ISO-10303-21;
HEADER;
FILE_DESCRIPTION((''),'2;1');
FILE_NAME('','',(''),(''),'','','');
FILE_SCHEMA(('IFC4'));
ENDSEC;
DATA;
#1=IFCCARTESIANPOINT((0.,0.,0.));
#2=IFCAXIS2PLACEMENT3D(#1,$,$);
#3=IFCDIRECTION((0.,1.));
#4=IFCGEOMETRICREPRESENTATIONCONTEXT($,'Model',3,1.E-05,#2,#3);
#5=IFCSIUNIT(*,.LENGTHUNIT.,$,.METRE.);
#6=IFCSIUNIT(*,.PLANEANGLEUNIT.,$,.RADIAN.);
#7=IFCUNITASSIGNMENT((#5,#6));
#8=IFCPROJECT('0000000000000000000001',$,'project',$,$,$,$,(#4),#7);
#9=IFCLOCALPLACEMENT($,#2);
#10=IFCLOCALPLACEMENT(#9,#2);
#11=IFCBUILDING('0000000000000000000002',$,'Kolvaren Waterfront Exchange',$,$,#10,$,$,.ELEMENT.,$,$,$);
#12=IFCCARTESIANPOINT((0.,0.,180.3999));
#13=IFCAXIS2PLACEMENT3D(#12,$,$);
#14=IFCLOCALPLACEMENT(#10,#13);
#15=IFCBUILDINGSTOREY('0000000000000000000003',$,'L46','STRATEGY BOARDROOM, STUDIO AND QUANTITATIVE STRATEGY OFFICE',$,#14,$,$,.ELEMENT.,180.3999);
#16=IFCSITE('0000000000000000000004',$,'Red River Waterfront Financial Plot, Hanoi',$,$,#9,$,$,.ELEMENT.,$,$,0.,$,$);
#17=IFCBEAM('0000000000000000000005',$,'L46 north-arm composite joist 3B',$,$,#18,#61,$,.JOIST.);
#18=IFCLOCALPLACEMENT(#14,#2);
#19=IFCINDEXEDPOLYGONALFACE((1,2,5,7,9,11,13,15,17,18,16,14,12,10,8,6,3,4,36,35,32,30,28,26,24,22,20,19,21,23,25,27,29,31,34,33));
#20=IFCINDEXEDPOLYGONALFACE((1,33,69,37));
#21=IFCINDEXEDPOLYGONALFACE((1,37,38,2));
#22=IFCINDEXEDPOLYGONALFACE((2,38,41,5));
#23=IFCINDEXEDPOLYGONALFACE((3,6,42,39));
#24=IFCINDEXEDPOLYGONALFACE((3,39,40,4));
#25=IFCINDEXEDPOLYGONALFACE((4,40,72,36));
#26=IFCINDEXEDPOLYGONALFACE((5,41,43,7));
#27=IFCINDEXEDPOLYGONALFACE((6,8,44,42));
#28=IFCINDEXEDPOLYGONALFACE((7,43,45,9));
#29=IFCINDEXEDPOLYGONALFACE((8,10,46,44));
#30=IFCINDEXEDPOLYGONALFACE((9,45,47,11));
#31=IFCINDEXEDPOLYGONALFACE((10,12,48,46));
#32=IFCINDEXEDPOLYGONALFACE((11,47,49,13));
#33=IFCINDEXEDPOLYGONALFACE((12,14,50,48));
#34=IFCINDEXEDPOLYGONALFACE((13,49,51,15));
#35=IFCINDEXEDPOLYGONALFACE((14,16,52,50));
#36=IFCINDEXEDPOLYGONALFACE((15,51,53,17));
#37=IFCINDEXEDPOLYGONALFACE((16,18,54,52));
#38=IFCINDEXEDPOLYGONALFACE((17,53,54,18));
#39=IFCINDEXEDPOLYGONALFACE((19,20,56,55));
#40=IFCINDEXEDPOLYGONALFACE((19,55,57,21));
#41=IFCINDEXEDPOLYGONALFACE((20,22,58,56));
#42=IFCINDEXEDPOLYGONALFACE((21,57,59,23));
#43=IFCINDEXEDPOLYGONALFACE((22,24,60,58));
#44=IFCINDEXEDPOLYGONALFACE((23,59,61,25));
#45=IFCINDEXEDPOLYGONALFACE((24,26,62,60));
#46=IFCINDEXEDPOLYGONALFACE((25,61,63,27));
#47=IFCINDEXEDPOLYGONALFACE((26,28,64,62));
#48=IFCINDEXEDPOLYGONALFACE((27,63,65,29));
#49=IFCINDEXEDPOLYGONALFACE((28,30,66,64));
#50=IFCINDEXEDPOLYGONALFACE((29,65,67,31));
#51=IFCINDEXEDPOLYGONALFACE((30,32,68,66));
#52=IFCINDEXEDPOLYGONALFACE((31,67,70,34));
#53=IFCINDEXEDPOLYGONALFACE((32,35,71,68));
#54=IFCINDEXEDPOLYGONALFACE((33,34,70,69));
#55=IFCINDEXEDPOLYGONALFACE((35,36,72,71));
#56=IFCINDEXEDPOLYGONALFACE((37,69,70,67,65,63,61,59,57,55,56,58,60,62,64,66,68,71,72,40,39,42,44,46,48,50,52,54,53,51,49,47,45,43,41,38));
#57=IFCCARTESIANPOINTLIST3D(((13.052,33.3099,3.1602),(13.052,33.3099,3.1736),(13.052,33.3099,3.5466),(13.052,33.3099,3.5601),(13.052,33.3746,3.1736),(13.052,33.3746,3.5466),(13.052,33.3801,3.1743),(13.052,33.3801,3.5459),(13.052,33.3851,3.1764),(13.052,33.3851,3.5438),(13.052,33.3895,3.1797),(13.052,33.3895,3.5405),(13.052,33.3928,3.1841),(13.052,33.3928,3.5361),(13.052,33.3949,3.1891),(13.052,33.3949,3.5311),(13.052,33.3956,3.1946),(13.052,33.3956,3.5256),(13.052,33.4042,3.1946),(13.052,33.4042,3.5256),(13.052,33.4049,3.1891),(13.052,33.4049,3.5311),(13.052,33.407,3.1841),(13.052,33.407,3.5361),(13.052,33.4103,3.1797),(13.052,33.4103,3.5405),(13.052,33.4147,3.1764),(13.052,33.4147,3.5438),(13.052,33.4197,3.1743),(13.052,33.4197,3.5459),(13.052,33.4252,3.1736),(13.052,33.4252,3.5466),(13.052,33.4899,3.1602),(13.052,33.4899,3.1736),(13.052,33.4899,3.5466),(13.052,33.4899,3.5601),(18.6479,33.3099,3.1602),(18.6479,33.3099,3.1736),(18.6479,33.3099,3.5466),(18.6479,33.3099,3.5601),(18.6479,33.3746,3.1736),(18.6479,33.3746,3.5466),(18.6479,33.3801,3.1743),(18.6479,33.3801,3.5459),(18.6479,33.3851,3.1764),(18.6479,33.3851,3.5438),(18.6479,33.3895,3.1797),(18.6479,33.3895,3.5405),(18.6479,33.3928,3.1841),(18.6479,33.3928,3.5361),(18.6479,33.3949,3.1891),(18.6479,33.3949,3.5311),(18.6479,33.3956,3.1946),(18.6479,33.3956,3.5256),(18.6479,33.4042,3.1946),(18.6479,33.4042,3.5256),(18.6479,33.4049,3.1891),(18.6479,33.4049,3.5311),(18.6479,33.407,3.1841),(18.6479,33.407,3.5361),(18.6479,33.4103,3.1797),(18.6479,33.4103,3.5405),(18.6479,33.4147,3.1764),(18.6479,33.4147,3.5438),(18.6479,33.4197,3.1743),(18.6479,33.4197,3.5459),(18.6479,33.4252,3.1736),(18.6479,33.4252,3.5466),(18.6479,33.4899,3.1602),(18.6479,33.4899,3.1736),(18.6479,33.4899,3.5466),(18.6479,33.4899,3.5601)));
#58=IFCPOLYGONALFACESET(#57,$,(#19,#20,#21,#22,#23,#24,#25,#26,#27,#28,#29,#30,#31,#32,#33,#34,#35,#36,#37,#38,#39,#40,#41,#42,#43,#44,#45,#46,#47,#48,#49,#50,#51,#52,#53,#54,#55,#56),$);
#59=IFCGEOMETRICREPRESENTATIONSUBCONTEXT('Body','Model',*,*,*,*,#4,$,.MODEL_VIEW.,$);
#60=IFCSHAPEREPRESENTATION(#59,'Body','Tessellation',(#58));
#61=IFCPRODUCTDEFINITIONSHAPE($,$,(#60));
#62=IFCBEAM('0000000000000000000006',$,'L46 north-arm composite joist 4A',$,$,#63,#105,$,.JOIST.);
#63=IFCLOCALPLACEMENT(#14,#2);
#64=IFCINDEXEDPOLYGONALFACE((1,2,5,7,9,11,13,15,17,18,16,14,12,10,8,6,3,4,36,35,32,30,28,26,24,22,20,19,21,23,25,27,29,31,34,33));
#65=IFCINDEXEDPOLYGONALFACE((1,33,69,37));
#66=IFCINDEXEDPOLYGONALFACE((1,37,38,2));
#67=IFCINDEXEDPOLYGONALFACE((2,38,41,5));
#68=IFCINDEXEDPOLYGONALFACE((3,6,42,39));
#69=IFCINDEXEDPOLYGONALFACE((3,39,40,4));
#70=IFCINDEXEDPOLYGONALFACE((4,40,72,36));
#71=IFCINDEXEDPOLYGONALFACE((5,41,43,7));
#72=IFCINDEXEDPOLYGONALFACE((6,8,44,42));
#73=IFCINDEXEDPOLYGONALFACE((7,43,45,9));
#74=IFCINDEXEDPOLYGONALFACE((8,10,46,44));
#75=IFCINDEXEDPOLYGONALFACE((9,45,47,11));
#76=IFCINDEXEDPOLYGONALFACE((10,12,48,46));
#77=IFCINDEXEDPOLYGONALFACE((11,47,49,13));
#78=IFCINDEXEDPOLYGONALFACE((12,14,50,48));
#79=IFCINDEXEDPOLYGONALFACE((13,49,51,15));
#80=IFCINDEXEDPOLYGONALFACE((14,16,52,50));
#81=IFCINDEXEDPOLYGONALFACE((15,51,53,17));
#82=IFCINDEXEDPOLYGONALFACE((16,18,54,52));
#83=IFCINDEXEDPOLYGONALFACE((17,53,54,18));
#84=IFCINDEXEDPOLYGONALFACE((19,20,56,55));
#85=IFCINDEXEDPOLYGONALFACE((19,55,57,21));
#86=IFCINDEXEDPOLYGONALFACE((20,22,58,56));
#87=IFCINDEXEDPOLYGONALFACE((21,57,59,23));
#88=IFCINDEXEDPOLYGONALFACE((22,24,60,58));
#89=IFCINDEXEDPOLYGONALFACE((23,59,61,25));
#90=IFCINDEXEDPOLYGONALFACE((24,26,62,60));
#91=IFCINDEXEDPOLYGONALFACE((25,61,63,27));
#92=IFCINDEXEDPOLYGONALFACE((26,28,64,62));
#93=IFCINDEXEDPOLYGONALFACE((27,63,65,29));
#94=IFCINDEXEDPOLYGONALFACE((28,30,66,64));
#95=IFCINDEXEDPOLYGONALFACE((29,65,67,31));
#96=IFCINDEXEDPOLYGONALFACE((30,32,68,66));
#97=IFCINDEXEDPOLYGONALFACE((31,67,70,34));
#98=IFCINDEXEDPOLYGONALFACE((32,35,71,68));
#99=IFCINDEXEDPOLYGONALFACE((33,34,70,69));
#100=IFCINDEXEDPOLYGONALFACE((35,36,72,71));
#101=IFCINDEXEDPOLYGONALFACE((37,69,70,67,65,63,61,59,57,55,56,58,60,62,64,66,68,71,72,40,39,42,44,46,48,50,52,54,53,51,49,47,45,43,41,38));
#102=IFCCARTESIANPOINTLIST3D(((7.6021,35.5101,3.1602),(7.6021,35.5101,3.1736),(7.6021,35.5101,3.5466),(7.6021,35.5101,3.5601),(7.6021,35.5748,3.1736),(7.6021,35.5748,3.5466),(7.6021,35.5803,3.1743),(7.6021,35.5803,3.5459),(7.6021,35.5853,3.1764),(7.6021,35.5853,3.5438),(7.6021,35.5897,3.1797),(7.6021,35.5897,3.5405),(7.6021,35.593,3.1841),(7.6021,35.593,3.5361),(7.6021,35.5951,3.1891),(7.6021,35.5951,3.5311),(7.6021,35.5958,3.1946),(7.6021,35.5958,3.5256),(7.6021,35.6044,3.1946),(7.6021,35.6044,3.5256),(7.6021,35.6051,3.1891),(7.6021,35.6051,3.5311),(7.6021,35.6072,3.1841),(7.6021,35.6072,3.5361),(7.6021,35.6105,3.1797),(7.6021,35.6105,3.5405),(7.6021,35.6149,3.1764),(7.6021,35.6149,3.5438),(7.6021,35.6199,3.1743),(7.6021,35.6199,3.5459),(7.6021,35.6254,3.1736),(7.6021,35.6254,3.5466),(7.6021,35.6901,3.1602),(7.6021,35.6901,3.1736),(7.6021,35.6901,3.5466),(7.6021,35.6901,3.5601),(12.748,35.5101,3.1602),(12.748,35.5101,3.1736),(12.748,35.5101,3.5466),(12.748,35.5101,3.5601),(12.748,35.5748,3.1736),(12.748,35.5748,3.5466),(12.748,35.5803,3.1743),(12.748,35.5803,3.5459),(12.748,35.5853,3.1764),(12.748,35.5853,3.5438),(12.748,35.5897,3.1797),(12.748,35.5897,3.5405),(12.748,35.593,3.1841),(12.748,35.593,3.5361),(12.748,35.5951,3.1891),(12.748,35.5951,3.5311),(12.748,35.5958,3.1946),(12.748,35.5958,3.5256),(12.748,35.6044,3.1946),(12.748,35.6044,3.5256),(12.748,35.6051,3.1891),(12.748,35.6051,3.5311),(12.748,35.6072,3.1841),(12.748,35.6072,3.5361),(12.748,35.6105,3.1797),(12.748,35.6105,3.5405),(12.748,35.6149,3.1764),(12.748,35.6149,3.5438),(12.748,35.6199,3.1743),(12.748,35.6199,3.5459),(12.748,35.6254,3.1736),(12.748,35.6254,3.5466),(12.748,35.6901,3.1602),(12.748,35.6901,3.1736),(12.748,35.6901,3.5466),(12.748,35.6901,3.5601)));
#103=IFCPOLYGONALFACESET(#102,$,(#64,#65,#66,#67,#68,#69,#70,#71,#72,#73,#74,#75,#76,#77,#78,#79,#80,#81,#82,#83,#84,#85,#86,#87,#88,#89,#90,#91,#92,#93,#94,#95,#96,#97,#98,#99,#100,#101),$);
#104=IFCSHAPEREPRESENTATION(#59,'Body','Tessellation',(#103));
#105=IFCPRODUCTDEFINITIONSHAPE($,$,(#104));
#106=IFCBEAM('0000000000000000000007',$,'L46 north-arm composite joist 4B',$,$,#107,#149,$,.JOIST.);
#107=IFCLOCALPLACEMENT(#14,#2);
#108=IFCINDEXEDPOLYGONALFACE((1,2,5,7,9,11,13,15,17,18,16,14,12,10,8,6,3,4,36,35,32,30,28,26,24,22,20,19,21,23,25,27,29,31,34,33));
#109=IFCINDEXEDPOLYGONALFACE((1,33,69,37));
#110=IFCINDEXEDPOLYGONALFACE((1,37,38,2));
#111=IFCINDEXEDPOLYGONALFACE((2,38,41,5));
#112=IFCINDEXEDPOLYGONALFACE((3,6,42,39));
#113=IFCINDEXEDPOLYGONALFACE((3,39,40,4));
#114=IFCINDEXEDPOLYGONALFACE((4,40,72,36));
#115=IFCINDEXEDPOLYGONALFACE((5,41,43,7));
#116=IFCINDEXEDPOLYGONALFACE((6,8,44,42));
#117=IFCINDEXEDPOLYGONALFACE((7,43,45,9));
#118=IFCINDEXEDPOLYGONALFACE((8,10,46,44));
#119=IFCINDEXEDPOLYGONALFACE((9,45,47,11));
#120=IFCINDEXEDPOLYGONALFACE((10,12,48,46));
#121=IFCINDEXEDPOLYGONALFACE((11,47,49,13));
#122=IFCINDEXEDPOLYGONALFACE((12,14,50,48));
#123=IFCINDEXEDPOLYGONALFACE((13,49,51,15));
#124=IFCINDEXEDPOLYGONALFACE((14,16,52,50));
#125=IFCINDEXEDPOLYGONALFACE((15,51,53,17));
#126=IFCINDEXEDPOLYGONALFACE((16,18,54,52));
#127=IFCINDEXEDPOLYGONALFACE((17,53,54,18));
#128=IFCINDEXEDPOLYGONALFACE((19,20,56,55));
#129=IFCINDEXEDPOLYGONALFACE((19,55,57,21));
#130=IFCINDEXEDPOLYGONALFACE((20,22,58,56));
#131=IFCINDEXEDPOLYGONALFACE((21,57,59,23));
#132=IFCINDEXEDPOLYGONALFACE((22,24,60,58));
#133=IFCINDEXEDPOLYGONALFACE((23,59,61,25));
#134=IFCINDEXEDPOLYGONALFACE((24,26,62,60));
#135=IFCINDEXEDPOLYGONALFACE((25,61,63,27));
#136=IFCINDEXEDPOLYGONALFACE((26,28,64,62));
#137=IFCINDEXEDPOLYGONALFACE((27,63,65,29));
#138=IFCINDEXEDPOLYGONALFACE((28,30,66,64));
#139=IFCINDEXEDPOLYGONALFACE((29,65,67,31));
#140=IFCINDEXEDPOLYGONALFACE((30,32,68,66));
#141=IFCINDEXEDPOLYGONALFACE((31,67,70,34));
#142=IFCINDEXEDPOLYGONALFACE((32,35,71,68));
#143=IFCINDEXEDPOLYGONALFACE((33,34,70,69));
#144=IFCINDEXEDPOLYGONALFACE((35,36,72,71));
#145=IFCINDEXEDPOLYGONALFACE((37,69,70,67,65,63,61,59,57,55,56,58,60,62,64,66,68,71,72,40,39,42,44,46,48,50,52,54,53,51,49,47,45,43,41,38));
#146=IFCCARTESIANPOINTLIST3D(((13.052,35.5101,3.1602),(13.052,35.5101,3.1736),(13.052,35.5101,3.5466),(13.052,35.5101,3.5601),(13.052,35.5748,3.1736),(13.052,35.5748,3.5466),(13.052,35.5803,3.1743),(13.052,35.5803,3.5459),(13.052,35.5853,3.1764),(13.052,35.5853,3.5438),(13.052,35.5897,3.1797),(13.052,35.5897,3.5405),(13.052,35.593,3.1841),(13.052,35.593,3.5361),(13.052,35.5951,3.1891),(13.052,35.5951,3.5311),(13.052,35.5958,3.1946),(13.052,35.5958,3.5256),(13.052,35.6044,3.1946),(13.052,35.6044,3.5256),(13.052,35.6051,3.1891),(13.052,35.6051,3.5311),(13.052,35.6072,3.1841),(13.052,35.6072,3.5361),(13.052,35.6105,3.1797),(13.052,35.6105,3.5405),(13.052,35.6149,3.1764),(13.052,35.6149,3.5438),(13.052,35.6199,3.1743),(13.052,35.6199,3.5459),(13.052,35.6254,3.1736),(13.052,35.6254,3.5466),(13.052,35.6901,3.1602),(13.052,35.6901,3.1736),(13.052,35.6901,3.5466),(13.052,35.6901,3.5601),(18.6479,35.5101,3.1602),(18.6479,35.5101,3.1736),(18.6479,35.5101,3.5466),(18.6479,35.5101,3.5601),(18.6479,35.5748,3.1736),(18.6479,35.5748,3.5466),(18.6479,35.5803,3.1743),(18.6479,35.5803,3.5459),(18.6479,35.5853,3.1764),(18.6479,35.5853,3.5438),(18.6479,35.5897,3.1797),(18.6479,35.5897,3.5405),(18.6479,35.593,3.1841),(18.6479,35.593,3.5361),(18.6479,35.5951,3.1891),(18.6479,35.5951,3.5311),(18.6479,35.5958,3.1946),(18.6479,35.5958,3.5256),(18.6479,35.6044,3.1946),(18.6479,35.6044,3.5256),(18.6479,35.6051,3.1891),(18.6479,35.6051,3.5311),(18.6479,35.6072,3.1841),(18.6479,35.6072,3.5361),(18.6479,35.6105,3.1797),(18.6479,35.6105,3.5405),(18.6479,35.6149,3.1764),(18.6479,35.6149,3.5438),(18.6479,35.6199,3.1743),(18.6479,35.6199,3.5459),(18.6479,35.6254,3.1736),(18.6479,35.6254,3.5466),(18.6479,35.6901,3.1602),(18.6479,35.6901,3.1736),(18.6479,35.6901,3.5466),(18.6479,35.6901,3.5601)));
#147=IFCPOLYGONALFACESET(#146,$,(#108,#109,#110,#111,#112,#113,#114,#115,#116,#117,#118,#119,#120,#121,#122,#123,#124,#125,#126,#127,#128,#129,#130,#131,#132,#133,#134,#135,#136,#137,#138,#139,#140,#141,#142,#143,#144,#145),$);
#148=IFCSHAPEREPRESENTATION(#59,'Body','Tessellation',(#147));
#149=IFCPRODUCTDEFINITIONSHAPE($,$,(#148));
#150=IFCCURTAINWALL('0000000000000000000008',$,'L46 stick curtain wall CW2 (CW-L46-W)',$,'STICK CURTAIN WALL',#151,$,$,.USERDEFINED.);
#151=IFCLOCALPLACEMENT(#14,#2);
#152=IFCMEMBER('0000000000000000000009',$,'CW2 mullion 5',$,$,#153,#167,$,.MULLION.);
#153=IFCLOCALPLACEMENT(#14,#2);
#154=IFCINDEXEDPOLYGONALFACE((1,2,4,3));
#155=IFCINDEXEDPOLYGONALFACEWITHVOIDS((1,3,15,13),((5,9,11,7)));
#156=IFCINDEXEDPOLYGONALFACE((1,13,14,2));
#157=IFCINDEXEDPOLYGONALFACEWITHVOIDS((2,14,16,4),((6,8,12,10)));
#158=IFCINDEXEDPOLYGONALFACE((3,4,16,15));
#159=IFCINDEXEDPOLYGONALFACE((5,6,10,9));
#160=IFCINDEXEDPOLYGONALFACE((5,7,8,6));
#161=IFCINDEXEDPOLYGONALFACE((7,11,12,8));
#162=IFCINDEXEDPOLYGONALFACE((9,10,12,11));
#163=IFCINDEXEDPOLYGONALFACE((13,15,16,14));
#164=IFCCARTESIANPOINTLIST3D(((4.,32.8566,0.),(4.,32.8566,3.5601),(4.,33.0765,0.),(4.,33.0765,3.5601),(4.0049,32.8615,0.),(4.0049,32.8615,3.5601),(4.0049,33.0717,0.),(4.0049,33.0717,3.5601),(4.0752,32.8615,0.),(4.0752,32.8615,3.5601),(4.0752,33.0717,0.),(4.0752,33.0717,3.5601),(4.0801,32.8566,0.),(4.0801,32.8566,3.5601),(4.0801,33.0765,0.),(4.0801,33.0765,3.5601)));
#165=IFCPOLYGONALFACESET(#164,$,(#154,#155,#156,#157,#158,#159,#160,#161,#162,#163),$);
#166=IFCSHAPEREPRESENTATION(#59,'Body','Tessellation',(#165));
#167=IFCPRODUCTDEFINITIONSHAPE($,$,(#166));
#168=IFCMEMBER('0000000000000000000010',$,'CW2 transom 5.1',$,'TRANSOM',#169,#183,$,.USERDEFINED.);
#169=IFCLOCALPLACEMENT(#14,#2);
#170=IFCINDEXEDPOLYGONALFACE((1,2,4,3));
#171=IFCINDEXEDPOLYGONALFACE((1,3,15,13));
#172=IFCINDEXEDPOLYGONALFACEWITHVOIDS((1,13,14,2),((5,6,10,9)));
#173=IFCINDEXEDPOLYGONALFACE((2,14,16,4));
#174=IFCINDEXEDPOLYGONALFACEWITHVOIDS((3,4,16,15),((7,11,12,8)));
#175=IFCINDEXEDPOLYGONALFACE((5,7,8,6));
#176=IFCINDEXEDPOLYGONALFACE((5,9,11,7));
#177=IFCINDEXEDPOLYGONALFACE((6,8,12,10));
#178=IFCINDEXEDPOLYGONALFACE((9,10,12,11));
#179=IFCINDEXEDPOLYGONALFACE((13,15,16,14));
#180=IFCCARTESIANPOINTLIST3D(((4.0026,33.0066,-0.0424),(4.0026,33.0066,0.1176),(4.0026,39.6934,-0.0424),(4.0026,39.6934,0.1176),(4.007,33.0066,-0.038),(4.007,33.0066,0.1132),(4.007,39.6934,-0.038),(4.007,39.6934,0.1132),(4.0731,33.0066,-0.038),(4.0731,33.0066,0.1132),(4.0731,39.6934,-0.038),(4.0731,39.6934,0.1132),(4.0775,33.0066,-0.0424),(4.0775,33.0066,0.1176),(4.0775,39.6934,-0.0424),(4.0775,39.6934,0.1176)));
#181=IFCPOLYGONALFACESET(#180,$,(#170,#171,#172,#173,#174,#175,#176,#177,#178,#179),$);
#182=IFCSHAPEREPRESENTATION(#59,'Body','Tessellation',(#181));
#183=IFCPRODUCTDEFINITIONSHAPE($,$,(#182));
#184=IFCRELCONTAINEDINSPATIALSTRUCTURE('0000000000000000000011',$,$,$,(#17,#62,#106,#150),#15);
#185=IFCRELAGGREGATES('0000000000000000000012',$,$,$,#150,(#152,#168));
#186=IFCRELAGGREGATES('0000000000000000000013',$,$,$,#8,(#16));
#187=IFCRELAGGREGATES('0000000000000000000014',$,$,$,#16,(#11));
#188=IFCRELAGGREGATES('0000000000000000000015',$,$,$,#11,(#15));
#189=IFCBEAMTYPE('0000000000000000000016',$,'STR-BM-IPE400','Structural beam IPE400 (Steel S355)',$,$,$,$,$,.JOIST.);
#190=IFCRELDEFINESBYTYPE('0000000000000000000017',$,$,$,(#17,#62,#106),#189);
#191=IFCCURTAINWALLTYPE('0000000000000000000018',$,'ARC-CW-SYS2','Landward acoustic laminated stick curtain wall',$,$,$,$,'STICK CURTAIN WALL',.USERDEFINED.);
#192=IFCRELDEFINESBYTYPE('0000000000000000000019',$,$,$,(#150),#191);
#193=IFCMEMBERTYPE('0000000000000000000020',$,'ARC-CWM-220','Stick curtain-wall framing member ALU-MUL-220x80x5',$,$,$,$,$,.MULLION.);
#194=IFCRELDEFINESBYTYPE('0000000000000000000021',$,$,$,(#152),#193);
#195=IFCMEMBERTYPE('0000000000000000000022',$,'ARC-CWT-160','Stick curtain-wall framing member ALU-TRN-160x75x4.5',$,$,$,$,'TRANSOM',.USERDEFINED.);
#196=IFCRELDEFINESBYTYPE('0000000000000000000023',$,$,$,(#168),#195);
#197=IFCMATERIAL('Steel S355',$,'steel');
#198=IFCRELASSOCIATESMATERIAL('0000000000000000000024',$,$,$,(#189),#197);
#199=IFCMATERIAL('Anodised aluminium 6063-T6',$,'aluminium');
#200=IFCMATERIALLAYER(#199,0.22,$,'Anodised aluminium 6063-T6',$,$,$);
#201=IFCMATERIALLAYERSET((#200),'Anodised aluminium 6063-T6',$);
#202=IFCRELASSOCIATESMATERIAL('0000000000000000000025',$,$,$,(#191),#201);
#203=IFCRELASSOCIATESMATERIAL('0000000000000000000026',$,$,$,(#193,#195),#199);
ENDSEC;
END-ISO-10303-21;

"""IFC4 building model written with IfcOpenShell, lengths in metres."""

from ifc_helpers import new_model, si_unit, direction, frame, origin, origin_with_axes, origin_2d, place, context, subcontext, project, spatial, hollow_rectangle, i_section, extrude, source, transform, mapped, material, layer, layer_set, material_profile, profile_set, type_object, element, aggregate, save


model = new_model("IFC4")

# Units and contexts
model_context = context("Model", 3, precision=1e-05, world=origin(), true_north=direction((0.0, 1.0)))
body_context = subcontext(model_context, "Body", "Model", "MODEL_VIEW")
ifc_project = project(units=[si_unit("LENGTHUNIT", "METRE"), si_unit("PLANEANGLEUNIT", "RADIAN")], contexts=[model_context])

# Site, building, storey
site_placement = place(None, origin())
site = spatial("IfcSite", under=ifc_project, at=site_placement, Name="Red River Waterfront Financial Plot, Hanoi", CompositionType="ELEMENT", RefElevation=0.0)
building_placement = place(site_placement, origin())
building = spatial("IfcBuilding", under=site, at=building_placement, Name="Kolvaren Waterfront Exchange", CompositionType="ELEMENT")
storey_placement = place(building_placement, frame((0.0, 0.0, 180.3999)))
storey = spatial("IfcBuildingStorey", under=building, at=storey_placement, Name="L46", Description="STRATEGY BOARDROOM, STUDIO AND QUANTITATIVE STRATEGY OFFICE", CompositionType="ELEMENT", Elevation=180.3999)

# Beams
ifc_material_1 = material(Name="Steel S355", Category="steel")
ifc_material_profile_1 = material_profile(ifc_material_1, i_section(OverallWidth=0.1799, OverallDepth=0.3999, WebThickness=0.0085, FlangeThickness=0.0134, FilletRadius=0.021, at=origin_2d()), Name="IPE400")
ifc_profile_set_1 = profile_set([ifc_material_profile_1], Name="Steel S355")
beam_type_1 = type_object("IfcBeamType", Name="STR-BM-IPE400", Description="Structural beam IPE400 (Steel S355)", PredefinedType="JOIST", material=ifc_profile_set_1)
beam_1_placement = place(storey_placement, frame((13.052, 33.3999, 3.3601), z_axis=(1.0, 0.0, 0.0), x_axis=(0.0, 1.0, 0.0)))
element("IfcBeam", 1, at=beam_1_placement, inside=storey, type_object=beam_type_1, Name="L46 north-arm composite joist 3B", PredefinedType="JOIST", context=body_context, shape_type="SweptSolid", body=[
    extrude(i_section(OverallWidth=0.1799, OverallDepth=0.3999, WebThickness=0.0085, FlangeThickness=0.0134, FilletRadius=0.021, at=origin_2d()), origin(), (0.0, 0.0, 1.0), 5.5959),
])
beam_2_placement = place(storey_placement, frame((7.6021, 35.6001, 3.3601), z_axis=(1.0, 0.0, 0.0), x_axis=(0.0, 1.0, 0.0)))
element("IfcBeam", 2, at=beam_2_placement, inside=storey, type_object=beam_type_1, Name="L46 north-arm composite joist 4A", PredefinedType="JOIST", context=body_context, shape_type="SweptSolid", body=[
    extrude(i_section(OverallWidth=0.1799, OverallDepth=0.3999, WebThickness=0.0085, FlangeThickness=0.0134, FilletRadius=0.021, at=origin_2d()), origin(), (0.0, 0.0, 1.0), 5.146),
])
beam_3_placement = place(storey_placement, frame((13.052, 35.6001, 3.3601), z_axis=(1.0, 0.0, 0.0), x_axis=(0.0, 1.0, 0.0)))
element("IfcBeam", 3, at=beam_3_placement, inside=storey, type_object=beam_type_1, Name="L46 north-arm composite joist 4B", PredefinedType="JOIST", context=body_context, shape_type="SweptSolid", body=[
    extrude(i_section(OverallWidth=0.1799, OverallDepth=0.3999, WebThickness=0.0085, FlangeThickness=0.0134, FilletRadius=0.021, at=origin_2d()), origin(), (0.0, 0.0, 1.0), 5.5959),
])

# Curtain wall, members
ifc_material_2 = material(Name="Anodised aluminium 6063-T6", Category="aluminium")
ifc_layer_1 = layer(ifc_material_2, 0.22, Name="Anodised aluminium 6063-T6")
ifc_layer_set_1 = layer_set([ifc_layer_1], Name="Anodised aluminium 6063-T6")
curtain_wall_type = type_object("IfcCurtainWallType", Name="ARC-CW-SYS2", Description="Landward acoustic laminated stick curtain wall", ElementType="STICK CURTAIN WALL", PredefinedType="USERDEFINED", material=ifc_layer_set_1)
curtain_wall_placement = place(storey_placement, origin())
curtain_wall = element("IfcCurtainWall", 4, at=curtain_wall_placement, inside=storey, type_object=curtain_wall_type, Name="L46 stick curtain wall CW2 (CW-L46-W)", ObjectType="STICK CURTAIN WALL", PredefinedType="USERDEFINED")
ifc_material_profile_2 = material_profile(ifc_material_2, hollow_rectangle(XDim=0.0801, YDim=0.22, WallThickness=0.0049, at=origin_2d()), Name="ALU-MUL-220x80x5")
ifc_profile_set_2 = profile_set([ifc_material_profile_2], Name="Anodised aluminium 6063-T6")
member_type_1 = type_object("IfcMemberType", Name="ARC-CWM-220", Description="Stick curtain-wall framing member ALU-MUL-220x80x5", PredefinedType="MULLION", material=ifc_profile_set_2)
shared_shape_1 = source(origin_with_axes(), body_context, "Body", "SweptSolid", [
    extrude(hollow_rectangle(XDim=0.0801, YDim=0.22, WallThickness=0.0049, at=origin_2d()), origin(), (0.0, 0.0, 1.0), 3.5601),
])
member_1_placement = place(storey_placement, frame((4.04, 32.9666, 0.0), z_axis=(0.0, 0.0, 1.0), x_axis=(-1.0, 0.0, 0.0)))
member_1 = element("IfcMember", 5, at=member_1_placement, type_object=member_type_1, Name="CW2 mullion 5", PredefinedType="MULLION", context=body_context, shape_type="MappedRepresentation", body=[
    mapped(shared_shape_1, transform((0.0, 0.0, 0.0), x_axis=(1.0, 0.0, 0.0), y_axis=(0.0, 1.0, 0.0), z_axis=(0.0, 0.0, 1.0), scale=1.0)),
])
ifc_material_profile_3 = material_profile(ifc_material_2, hollow_rectangle(XDim=0.075, YDim=0.1599, WallThickness=0.0044, at=origin_2d()), Name="ALU-TRN-160x75x4.5")
ifc_profile_set_3 = profile_set([ifc_material_profile_3], Name="Anodised aluminium 6063-T6")
member_type_2 = type_object("IfcMemberType", Name="ARC-CWT-160", Description="Stick curtain-wall framing member ALU-TRN-160x75x4.5", ElementType="TRANSOM", PredefinedType="USERDEFINED", material=ifc_profile_set_3)
shared_shape_2 = source(origin_with_axes(), body_context, "Body", "SweptSolid", [
    extrude(hollow_rectangle(XDim=0.075, YDim=0.1599, WallThickness=0.0044, at=origin_2d()), origin(), (0.0, 0.0, 1.0), 6.6868),
])
member_2_placement = place(storey_placement, frame((4.04, 33.0066, 0.0376), z_axis=(0.0, 1.0, 0.0), x_axis=(-1.0, 0.0, 0.0)))
member_2 = element("IfcMember", 6, at=member_2_placement, type_object=member_type_2, Name="CW2 transom 5.1", ObjectType="TRANSOM", PredefinedType="USERDEFINED", context=body_context, shape_type="MappedRepresentation", body=[
    mapped(shared_shape_2, transform((0.0, 0.0, 0.0), x_axis=(1.0, 0.0, 0.0), y_axis=(0.0, 1.0, 0.0), z_axis=(0.0, 0.0, 1.0), scale=1.0)),
])
aggregate(curtain_wall, [member_1, member_2])

save(model, "model.ifc")
